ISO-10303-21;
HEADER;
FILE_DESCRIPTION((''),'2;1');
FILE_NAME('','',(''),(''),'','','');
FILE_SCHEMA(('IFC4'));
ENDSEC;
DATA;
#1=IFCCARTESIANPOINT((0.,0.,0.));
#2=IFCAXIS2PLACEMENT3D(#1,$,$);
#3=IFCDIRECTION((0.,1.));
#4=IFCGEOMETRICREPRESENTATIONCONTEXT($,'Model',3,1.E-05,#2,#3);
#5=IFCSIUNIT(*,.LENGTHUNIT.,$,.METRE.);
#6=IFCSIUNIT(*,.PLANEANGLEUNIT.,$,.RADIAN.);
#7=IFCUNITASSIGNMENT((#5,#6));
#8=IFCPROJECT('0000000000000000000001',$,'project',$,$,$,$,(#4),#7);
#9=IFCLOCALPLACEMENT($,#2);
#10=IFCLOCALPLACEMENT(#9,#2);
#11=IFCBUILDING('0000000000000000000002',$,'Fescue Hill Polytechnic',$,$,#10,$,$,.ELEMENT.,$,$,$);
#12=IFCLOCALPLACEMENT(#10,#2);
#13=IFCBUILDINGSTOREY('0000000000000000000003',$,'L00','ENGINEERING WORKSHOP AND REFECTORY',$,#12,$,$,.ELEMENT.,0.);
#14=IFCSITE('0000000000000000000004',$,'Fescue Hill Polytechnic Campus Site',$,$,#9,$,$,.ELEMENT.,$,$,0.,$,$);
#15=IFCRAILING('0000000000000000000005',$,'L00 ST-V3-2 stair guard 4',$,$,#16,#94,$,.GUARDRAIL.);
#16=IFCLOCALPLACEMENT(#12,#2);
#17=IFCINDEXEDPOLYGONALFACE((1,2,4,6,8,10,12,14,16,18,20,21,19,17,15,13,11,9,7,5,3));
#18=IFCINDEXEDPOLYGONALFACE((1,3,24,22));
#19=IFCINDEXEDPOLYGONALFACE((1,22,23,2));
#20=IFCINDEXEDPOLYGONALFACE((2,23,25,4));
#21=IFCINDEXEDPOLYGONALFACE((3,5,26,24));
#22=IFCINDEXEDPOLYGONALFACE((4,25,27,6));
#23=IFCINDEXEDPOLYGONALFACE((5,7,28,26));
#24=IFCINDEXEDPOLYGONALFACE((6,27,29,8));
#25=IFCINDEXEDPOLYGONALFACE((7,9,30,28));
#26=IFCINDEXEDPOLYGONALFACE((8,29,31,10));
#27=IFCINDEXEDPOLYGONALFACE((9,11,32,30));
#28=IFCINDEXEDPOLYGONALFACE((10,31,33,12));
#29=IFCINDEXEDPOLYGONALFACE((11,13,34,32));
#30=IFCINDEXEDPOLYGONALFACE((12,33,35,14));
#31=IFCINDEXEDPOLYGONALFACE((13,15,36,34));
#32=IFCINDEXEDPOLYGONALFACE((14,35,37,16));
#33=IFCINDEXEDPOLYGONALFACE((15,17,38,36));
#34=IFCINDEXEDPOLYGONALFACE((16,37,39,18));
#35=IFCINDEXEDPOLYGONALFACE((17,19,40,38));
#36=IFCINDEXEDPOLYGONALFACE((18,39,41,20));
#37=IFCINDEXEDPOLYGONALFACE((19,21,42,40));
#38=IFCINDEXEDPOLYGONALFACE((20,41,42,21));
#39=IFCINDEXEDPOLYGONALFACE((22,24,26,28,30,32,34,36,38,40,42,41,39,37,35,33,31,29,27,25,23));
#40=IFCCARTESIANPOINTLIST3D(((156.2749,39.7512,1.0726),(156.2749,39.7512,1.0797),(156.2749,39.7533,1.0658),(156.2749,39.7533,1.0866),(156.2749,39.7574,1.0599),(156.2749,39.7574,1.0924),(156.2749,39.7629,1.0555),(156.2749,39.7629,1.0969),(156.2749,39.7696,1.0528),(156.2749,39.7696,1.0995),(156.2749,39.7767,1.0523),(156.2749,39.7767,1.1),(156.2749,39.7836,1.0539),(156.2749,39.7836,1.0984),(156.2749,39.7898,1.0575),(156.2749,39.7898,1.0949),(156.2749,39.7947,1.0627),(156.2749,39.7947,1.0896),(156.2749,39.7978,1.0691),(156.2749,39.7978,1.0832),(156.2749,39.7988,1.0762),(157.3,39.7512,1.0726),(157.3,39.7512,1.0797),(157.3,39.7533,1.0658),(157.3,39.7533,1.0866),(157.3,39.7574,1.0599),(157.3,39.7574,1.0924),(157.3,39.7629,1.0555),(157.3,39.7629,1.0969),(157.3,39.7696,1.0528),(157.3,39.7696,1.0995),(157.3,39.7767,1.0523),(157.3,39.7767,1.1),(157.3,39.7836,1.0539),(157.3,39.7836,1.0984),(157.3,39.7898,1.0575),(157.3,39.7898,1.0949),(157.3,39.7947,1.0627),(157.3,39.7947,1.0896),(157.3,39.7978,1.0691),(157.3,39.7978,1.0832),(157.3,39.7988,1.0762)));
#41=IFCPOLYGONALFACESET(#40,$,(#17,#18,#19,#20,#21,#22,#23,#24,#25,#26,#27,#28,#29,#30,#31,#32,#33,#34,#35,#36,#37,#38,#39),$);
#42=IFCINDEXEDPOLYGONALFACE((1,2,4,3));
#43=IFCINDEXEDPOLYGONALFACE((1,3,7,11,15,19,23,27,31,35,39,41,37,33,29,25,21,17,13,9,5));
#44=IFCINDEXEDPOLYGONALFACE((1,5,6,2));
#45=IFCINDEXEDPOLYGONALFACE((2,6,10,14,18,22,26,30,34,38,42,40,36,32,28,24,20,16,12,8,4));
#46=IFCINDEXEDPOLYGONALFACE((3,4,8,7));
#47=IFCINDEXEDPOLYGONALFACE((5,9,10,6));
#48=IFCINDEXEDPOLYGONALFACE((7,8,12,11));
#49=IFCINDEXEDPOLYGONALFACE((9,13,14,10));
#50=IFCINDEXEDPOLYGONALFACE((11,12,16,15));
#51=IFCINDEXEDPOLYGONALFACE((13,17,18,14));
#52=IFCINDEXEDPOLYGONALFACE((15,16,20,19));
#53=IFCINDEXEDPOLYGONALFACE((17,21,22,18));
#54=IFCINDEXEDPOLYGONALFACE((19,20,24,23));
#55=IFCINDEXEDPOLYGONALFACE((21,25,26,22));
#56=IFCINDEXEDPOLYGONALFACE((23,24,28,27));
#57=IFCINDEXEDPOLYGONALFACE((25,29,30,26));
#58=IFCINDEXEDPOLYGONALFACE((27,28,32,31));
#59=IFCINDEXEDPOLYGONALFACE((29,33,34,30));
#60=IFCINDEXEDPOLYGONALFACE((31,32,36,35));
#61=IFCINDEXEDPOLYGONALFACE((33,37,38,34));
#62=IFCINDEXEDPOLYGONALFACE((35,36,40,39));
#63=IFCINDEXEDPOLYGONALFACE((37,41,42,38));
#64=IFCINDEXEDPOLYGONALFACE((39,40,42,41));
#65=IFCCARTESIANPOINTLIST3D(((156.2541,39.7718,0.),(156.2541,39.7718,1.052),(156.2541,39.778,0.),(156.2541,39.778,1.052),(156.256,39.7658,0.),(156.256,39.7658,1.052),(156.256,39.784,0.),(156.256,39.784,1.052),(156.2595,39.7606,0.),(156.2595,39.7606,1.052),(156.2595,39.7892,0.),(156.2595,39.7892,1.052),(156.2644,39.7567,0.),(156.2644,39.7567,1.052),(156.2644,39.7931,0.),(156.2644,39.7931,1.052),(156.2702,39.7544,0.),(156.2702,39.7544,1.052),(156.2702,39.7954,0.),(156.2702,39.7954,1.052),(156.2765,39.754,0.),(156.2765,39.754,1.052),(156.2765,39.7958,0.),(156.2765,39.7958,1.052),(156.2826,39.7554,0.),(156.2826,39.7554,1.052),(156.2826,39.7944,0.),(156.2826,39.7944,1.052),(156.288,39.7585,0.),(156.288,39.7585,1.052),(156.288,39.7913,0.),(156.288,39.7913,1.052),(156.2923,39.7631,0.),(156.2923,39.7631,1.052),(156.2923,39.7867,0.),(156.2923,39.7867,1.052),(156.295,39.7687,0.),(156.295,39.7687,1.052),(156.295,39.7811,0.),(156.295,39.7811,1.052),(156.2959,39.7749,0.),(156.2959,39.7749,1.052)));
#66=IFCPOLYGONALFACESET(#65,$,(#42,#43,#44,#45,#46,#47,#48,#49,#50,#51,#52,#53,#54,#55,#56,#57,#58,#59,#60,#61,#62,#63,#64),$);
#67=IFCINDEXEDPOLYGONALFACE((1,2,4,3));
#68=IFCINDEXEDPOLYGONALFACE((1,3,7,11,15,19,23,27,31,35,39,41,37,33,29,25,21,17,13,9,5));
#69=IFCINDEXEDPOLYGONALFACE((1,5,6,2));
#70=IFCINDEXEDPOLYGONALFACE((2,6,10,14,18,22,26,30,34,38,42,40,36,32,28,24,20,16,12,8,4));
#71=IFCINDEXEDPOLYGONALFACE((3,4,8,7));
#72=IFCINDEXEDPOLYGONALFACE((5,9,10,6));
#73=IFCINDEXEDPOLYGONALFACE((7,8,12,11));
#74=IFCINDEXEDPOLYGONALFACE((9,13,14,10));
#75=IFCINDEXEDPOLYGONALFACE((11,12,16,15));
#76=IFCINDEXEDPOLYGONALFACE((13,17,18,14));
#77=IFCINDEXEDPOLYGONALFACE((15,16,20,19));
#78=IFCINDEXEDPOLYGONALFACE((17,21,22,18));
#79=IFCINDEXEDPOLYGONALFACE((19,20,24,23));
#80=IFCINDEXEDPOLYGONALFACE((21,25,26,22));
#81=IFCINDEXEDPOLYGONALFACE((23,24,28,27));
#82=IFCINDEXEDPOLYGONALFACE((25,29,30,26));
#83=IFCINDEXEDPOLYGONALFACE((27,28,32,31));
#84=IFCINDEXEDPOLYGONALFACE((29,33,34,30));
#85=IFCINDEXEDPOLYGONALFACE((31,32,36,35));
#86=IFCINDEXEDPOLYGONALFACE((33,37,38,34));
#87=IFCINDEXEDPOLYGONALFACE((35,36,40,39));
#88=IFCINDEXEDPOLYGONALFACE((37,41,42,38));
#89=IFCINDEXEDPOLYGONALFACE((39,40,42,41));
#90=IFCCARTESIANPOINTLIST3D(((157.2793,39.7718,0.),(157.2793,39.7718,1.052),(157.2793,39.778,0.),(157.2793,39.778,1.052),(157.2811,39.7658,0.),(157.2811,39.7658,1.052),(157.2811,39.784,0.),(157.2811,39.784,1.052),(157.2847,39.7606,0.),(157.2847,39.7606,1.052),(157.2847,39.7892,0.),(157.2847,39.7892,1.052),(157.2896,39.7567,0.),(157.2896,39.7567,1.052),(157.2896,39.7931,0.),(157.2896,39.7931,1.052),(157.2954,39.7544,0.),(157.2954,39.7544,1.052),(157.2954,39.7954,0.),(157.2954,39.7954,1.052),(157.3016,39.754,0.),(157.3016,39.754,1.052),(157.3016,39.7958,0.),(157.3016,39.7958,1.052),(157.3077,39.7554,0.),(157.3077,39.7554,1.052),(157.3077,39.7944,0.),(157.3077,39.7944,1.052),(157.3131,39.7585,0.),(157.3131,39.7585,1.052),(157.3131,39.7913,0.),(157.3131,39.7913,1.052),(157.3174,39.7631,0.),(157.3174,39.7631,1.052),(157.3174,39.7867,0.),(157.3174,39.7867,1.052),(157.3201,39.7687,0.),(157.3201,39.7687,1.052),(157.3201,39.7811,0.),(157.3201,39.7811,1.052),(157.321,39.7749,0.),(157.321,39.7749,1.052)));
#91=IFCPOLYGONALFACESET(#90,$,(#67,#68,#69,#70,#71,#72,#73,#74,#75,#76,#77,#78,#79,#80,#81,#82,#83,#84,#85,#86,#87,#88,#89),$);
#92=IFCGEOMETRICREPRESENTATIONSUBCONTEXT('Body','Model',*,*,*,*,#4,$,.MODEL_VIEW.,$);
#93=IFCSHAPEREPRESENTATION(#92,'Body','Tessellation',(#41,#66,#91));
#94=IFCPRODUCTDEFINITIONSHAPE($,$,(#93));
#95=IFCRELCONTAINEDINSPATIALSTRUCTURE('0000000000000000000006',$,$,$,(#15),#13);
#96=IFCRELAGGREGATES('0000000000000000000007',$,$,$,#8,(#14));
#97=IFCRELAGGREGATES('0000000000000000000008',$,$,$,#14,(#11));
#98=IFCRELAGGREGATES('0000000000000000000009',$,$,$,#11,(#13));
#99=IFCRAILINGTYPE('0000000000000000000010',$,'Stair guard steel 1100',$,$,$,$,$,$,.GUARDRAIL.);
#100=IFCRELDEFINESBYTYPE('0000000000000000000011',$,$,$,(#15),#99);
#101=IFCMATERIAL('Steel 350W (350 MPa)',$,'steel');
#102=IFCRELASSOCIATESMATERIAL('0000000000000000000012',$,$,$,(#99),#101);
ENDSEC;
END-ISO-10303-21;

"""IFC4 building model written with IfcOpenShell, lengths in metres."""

from ifc_helpers import new_model, si_unit, direction, frame, origin, origin_2d, place, context, subcontext, project, spatial, circle, extrude, material, type_object, element, save


model = new_model("IFC4")

# Units and contexts
model_context = context("Model", 3, precision=1e-05, world=origin(), true_north=direction((0.0, 1.0)))
body_context = subcontext(model_context, "Body", "Model", "MODEL_VIEW")
ifc_project = project(units=[si_unit("LENGTHUNIT", "METRE"), si_unit("PLANEANGLEUNIT", "RADIAN")], contexts=[model_context])

# Site, building, storey
site_placement = place(None, origin())
site = spatial("IfcSite", under=ifc_project, at=site_placement, Name="Fescue Hill Polytechnic Campus Site", CompositionType="ELEMENT", RefElevation=0.0)
building_placement = place(site_placement, origin())
building = spatial("IfcBuilding", under=site, at=building_placement, Name="Fescue Hill Polytechnic", CompositionType="ELEMENT")
storey_placement = place(building_placement, origin())
storey = spatial("IfcBuildingStorey", under=building, at=storey_placement, Name="L00", Description="ENGINEERING WORKSHOP AND REFECTORY", CompositionType="ELEMENT", Elevation=0.0)

# Railing
ifc_material_1 = material(Name="Steel 350W (350 MPa)", Category="steel")
railing_type_1 = type_object("IfcRailingType", Name="Stair guard steel 1100", PredefinedType="GUARDRAIL", material=ifc_material_1)
railing_1_placement = place(storey_placement, frame((156.2749, 39.7749, 0.0)))
element("IfcRailing", 1, at=railing_1_placement, inside=storey, type_object=railing_type_1, Name="L00 ST-V3-2 stair guard 4", PredefinedType="GUARDRAIL", context=body_context, shape_type="SweptSolid", body=[
    extrude(circle(Radius=0.0239, at=origin_2d()), frame((0.0, 0.0, 1.0762), z_axis=(1.0, 0.0, 0.0), x_axis=(0.0, 1.0, 0.0)), (0.0, 0.0, 1.0), 1.0251),
    extrude(circle(Radius=0.021, at=origin_2d()), origin(), (0.0, 0.0, 1.0), 1.052),
    extrude(circle(Radius=0.021, at=origin_2d()), frame((1.0251, 0.0, 0.0)), (0.0, 0.0, 1.0), 1.052),
])

save(model, "model.ifc")
